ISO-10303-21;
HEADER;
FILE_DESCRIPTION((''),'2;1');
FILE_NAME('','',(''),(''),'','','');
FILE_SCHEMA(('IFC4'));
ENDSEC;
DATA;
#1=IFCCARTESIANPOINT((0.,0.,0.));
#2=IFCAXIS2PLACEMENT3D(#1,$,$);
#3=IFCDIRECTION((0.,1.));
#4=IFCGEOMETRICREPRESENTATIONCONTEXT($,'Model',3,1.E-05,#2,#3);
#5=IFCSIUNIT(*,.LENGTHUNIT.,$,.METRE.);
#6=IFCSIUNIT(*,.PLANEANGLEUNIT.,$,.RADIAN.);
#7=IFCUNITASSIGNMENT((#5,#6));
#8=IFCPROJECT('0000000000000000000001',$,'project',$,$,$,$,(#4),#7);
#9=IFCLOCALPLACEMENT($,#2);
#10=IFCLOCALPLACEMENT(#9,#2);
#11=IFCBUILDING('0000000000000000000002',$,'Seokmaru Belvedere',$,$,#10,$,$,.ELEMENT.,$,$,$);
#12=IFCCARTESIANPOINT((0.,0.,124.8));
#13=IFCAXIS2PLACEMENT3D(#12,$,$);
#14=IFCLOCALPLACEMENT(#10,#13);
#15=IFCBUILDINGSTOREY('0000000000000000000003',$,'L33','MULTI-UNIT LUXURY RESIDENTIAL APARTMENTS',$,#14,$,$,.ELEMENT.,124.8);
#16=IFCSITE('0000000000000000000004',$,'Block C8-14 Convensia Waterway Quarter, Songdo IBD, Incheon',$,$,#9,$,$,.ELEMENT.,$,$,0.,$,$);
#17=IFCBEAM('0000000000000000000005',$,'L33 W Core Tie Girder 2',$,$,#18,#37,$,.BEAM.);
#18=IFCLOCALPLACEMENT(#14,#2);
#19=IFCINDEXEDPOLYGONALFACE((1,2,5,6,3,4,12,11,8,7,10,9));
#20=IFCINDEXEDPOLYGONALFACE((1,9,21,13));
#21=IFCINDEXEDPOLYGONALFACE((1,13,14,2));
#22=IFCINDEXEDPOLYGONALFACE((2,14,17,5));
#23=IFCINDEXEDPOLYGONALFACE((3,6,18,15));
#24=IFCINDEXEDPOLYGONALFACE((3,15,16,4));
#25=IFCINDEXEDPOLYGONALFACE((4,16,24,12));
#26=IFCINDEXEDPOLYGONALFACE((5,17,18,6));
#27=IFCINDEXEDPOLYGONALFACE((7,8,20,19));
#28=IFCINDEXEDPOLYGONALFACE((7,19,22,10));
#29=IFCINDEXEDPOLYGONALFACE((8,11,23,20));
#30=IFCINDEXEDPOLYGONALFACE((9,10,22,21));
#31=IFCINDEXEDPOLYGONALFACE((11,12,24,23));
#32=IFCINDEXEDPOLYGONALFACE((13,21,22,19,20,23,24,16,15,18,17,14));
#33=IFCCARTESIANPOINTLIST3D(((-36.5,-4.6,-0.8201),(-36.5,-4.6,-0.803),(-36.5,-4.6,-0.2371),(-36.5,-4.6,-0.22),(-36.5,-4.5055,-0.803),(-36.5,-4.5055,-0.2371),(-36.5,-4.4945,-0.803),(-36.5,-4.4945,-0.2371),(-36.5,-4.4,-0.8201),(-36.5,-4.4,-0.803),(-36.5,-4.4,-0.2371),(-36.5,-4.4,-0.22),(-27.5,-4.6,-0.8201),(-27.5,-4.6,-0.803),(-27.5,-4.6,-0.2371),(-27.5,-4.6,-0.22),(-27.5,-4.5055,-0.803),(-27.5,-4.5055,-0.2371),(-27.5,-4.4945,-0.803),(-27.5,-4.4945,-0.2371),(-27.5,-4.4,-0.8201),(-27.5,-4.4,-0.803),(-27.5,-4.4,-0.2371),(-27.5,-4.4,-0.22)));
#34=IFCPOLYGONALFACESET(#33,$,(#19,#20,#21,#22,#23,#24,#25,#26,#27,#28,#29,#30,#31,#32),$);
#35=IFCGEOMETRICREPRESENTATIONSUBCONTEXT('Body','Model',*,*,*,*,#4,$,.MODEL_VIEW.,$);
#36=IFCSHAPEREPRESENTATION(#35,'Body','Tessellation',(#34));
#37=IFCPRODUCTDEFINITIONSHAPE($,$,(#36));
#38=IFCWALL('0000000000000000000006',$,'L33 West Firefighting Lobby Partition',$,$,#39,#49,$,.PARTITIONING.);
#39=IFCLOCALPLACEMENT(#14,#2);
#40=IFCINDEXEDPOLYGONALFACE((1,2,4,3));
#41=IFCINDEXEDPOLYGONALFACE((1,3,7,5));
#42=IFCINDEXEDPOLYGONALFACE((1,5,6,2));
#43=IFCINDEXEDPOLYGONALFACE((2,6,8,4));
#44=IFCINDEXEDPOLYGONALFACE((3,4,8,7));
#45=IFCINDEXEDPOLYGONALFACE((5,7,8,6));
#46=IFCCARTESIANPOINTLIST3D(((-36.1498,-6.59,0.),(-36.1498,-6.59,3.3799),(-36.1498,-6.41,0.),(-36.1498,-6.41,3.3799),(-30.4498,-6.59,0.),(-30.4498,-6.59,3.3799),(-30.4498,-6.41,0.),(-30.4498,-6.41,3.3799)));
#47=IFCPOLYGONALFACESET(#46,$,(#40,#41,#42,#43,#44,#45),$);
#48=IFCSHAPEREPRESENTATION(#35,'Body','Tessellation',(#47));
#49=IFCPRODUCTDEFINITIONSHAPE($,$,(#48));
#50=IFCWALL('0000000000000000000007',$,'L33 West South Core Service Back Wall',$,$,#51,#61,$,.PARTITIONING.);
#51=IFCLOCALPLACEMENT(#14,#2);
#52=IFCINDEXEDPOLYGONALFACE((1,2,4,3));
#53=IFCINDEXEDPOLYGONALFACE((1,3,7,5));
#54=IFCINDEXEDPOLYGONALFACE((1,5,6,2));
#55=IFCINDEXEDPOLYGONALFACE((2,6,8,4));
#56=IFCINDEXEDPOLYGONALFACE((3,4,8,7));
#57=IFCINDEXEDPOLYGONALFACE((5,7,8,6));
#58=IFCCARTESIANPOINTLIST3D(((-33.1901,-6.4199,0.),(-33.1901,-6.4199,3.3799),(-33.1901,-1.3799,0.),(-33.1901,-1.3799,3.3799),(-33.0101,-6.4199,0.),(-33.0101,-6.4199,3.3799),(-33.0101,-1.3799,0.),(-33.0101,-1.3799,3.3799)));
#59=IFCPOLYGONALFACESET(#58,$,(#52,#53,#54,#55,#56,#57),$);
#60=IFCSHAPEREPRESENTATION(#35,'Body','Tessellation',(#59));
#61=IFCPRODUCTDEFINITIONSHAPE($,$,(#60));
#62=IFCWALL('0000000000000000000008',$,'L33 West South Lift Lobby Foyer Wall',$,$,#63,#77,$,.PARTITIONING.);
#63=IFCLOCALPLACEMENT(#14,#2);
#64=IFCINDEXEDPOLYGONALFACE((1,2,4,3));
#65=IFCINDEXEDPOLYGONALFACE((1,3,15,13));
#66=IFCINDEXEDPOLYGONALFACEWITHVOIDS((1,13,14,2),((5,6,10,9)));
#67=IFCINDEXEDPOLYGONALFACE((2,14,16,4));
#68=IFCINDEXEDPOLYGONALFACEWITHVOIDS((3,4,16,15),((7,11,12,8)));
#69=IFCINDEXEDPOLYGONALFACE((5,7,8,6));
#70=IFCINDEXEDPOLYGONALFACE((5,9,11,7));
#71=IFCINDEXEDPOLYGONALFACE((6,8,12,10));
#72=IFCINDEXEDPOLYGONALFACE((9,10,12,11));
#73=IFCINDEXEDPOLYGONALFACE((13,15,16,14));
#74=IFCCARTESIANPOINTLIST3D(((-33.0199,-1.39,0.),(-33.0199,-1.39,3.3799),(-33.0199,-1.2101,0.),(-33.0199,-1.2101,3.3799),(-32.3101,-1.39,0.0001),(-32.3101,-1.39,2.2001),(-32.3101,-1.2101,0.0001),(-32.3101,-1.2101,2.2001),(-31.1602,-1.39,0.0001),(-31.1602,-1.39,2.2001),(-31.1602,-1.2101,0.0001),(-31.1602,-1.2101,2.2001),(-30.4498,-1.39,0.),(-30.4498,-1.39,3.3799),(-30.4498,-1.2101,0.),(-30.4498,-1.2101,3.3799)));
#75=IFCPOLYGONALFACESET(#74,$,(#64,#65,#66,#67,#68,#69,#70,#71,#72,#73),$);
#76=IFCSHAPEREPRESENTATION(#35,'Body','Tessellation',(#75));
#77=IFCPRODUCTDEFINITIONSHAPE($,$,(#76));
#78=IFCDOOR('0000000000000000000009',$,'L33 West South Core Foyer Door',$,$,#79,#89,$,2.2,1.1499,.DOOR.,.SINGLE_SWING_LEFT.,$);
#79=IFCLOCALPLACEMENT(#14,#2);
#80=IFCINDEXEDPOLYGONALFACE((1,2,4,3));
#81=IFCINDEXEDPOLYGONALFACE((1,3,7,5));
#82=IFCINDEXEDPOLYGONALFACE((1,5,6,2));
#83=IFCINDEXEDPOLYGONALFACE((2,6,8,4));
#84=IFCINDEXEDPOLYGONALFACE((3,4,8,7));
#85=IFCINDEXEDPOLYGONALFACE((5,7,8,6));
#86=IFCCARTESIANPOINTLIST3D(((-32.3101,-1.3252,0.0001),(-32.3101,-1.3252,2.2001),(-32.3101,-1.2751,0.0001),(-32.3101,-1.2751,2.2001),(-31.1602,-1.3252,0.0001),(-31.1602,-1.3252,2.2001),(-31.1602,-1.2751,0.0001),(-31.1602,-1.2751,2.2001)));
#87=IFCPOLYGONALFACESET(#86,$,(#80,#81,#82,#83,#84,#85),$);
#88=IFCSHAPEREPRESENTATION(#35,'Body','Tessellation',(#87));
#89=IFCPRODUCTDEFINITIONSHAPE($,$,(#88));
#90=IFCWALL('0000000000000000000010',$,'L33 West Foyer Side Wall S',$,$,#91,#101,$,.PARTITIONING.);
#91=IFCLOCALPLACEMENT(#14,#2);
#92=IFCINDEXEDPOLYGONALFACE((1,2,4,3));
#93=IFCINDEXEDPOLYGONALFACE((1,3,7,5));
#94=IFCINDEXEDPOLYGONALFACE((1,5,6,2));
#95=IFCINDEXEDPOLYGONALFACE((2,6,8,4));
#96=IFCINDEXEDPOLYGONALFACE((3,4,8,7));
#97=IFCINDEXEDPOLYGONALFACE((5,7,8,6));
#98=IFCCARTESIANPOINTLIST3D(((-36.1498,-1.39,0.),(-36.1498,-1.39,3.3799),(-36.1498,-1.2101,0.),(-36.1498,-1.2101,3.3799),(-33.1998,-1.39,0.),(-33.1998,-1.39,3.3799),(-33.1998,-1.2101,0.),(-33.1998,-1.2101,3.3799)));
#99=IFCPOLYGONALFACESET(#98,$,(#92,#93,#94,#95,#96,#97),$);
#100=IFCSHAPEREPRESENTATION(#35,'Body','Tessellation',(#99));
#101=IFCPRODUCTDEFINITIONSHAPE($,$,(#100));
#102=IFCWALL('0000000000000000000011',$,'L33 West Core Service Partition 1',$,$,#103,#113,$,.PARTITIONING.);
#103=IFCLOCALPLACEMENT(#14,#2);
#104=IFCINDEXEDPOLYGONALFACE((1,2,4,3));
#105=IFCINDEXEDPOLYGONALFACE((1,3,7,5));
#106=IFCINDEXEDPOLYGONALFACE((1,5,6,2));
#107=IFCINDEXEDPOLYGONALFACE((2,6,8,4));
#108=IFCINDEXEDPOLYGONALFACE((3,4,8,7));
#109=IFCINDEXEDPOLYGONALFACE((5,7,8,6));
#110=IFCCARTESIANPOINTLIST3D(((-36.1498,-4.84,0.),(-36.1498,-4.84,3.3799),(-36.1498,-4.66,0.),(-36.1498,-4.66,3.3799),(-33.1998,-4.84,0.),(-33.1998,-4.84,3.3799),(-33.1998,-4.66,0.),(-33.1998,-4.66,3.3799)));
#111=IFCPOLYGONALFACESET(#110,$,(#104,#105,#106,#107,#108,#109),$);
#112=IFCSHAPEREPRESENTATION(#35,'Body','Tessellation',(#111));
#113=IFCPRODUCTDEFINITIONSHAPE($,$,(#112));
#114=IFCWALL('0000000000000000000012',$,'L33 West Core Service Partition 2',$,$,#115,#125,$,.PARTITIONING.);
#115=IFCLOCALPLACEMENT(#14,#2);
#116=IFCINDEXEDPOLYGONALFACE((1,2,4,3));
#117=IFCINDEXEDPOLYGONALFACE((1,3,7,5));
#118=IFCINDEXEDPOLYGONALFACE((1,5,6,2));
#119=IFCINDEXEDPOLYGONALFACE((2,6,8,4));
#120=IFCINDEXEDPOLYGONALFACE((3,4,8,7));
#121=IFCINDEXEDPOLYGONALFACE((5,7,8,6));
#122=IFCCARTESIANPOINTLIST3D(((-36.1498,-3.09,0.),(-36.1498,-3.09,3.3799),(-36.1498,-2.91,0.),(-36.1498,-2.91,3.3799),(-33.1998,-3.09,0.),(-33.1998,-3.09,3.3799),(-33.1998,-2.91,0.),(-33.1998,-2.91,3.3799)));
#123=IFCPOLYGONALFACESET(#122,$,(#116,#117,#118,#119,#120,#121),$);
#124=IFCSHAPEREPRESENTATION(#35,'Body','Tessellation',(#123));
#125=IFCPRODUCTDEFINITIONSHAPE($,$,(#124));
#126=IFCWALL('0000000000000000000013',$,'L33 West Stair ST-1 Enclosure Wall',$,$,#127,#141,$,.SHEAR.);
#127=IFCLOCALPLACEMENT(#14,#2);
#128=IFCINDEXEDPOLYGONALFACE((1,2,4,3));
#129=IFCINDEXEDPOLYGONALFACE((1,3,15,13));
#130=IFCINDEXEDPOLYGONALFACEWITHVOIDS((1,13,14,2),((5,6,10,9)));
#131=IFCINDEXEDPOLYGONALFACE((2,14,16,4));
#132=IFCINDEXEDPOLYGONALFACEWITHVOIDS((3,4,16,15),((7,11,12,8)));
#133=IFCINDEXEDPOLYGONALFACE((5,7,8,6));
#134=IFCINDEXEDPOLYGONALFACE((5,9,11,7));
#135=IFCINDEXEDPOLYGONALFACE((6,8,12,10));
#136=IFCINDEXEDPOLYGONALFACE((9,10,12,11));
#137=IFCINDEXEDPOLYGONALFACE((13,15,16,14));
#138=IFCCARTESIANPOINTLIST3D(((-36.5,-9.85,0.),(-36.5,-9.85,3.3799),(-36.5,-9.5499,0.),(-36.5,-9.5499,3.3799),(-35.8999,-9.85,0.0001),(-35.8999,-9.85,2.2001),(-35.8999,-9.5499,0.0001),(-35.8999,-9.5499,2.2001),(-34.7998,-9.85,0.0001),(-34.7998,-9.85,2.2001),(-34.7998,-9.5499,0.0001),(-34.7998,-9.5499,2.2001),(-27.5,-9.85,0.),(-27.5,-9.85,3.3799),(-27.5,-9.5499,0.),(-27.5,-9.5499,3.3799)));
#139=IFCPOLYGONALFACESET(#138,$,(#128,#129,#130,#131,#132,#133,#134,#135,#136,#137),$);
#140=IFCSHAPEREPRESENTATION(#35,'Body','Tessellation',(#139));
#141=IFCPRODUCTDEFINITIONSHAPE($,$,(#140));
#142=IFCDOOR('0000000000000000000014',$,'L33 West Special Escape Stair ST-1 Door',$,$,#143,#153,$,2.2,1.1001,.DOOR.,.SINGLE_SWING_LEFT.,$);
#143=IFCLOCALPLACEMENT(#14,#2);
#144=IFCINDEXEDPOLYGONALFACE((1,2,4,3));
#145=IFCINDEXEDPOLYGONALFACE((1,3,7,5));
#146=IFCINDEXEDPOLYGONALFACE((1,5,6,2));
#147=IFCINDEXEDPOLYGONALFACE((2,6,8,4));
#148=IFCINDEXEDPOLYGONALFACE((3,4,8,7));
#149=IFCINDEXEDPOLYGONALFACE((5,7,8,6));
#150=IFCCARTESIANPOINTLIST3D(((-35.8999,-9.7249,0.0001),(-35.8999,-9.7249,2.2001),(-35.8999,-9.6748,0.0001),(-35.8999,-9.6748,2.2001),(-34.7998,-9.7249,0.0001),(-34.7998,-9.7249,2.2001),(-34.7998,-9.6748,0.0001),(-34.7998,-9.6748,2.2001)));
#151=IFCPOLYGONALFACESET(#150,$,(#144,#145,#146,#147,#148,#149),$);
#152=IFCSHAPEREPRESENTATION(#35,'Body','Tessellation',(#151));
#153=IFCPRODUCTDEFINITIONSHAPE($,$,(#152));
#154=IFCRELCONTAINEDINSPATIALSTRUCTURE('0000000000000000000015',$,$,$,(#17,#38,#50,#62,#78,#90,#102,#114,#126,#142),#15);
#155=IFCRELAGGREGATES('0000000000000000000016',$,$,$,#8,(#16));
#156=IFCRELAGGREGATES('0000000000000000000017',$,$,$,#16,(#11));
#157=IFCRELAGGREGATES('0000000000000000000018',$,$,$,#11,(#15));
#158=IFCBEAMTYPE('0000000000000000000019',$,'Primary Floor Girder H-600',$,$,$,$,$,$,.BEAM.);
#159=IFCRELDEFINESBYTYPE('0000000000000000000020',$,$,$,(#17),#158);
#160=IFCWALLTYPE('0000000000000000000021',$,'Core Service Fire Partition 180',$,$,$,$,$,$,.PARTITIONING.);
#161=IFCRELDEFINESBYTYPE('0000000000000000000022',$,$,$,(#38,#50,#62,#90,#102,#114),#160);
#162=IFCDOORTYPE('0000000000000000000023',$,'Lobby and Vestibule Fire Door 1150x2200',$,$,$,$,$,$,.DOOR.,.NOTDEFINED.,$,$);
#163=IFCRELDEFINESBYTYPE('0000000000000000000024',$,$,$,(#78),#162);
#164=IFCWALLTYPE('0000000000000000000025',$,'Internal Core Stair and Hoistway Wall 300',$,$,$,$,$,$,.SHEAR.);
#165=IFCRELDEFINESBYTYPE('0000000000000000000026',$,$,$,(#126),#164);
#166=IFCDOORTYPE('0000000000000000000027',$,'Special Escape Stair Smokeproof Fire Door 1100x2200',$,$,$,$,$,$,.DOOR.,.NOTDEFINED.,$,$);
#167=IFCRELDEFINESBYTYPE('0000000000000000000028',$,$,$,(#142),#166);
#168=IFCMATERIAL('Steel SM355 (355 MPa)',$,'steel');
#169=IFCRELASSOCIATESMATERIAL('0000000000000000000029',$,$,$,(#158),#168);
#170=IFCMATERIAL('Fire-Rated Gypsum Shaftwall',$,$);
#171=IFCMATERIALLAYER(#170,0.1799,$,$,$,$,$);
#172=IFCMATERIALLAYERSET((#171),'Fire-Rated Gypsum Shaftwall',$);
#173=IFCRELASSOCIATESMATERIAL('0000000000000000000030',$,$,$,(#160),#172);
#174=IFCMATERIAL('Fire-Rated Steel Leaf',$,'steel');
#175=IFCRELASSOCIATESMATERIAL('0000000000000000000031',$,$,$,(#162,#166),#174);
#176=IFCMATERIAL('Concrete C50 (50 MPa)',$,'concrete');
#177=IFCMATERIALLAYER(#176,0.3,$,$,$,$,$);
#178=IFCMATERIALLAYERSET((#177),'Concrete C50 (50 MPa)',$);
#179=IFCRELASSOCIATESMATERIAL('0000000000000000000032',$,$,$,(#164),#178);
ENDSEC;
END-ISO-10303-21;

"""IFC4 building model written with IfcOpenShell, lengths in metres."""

from ifc_helpers import new_model, si_unit, direction, frame, frame_2d, origin, origin_2d, place, context, subcontext, project, spatial, rectangle, i_section, extrude, source, transform, mapped, material, layer, layer_set, material_profile, profile_set, type_object, type_shapes, element, fill, save


model = new_model("IFC4")

# Units and contexts
model_context = context("Model", 3, precision=1e-05, world=origin(), true_north=direction((0.0, 1.0)))
body_context = subcontext(model_context, "Body", "Model", "MODEL_VIEW")
ifc_project = project(units=[si_unit("LENGTHUNIT", "METRE"), si_unit("PLANEANGLEUNIT", "RADIAN")], contexts=[model_context])

# Site, building, storey
site_placement = place(None, origin())
site = spatial("IfcSite", under=ifc_project, at=site_placement, Name="Block C8-14 Convensia Waterway Quarter, Songdo IBD, Incheon", CompositionType="ELEMENT", RefElevation=0.0)
building_placement = place(site_placement, origin())
building = spatial("IfcBuilding", under=site, at=building_placement, Name="Seokmaru Belvedere", CompositionType="ELEMENT")
storey_placement = place(building_placement, frame((0.0, 0.0, 124.8)))
storey = spatial("IfcBuildingStorey", under=building, at=storey_placement, Name="L33", Description="MULTI-UNIT LUXURY RESIDENTIAL APARTMENTS", CompositionType="ELEMENT", Elevation=124.8)

# Beam
ifc_material_1 = material(Name="Steel SM355 (355 MPa)", Category="steel")
ifc_material_profile = material_profile(ifc_material_1, i_section(OverallWidth=0.2, OverallDepth=0.6001, WebThickness=0.011, FlangeThickness=0.0171, at=origin_2d()), Name="H-600x200x11x17")
ifc_profile_set = profile_set([ifc_material_profile], Name="Steel SM355 (355 MPa)")
beam_type = type_object("IfcBeamType", Name="Primary Floor Girder H-600", PredefinedType="BEAM", material=ifc_profile_set)
shared_shape_1 = source(origin(), body_context, "Body", "SweptSolid", [
    extrude(i_section(OverallWidth=0.2, OverallDepth=0.6001, WebThickness=0.011, FlangeThickness=0.0171, at=origin_2d()), origin(), (0.0, 0.0, 1.0), 9.0),
])
type_shapes(beam_type, [shared_shape_1])
beam_placement = place(storey_placement, frame((-36.5, -4.5, -0.52), z_axis=(1.0, 0.0, 0.0), x_axis=(0.0, 1.0, 0.0)))
element("IfcBeam", 1, at=beam_placement, inside=storey, type_object=beam_type, Name="L33 W Core Tie Girder 2", PredefinedType="BEAM", context=body_context, shape_type="MappedRepresentation", body=[
    mapped(shared_shape_1, transform((0.0, 0.0, 0.0), scale=1.0)),
])

# Walls
ifc_material_2 = material(Name="Fire-Rated Gypsum Shaftwall")
ifc_layer_1 = layer(ifc_material_2, 0.1799)
ifc_layer_set_1 = layer_set([ifc_layer_1], Name="Fire-Rated Gypsum Shaftwall")
wall_type_1 = type_object("IfcWallType", Name="Core Service Fire Partition 180", PredefinedType="PARTITIONING", material=ifc_layer_set_1)
wall_1_placement = place(storey_placement, frame((-36.1499, -6.5, 0.0), z_axis=(0.0, 0.0, 1.0), x_axis=(1.0, 0.0, 0.0)))
element("IfcWall", 2, at=wall_1_placement, inside=storey, type_object=wall_type_1, Name="L33 West Firefighting Lobby Partition", PredefinedType="PARTITIONING", context=body_context, shape_type="SweptSolid", body=[
    extrude(rectangle(XDim=5.7, YDim=0.1799, at=frame_2d((2.8501, 0.0))), origin(), (0.0, 0.0, 1.0), 3.3799),
])
wall_2_placement = place(storey_placement, frame((-33.1001, -6.4199, 0.0), z_axis=(0.0, 0.0, 1.0), x_axis=(0.0, 1.0, 0.0)))
element("IfcWall", 3, at=wall_2_placement, inside=storey, type_object=wall_type_1, Name="L33 West South Core Service Back Wall", PredefinedType="PARTITIONING", context=body_context, shape_type="SweptSolid", body=[
    extrude(rectangle(XDim=5.04, YDim=0.1799, at=frame_2d((2.52, 0.0))), origin(), (0.0, 0.0, 1.0), 3.3799),
])

# Wall, opening, door
wall_3_placement = place(storey_placement, frame((-33.02, -1.3, 0.0), z_axis=(0.0, 0.0, 1.0), x_axis=(1.0, 0.0, 0.0)))
wall_3 = element("IfcWall", 4, at=wall_3_placement, inside=storey, type_object=wall_type_1, Name="L33 West South Lift Lobby Foyer Wall", PredefinedType="PARTITIONING", context=body_context, shape_type="SweptSolid", body=[
    extrude(rectangle(XDim=2.5701, YDim=0.1799, at=frame_2d((1.2852, 0.0))), origin(), (0.0, 0.0, 1.0), 3.3799),
])
opening_1_placement = place(wall_3_placement, frame((0.71, 0.0, 0.0)))
opening_1 = element("IfcOpeningElement", 5, at=opening_1_placement, cuts=wall_3, PredefinedType="OPENING", context=body_context, shape_type="SweptSolid", body=[
    extrude(rectangle(XDim=1.1499, YDim=2.2, at=frame_2d((0.575, 1.1001))), frame((0.0, 0.1001, 0.0), z_axis=(0.0, -1.0, 0.0), x_axis=(1.0, 0.0, 0.0)), (0.0, 0.0, 1.0), 0.2),
])
ifc_material_3 = material(Name="Fire-Rated Steel Leaf", Category="steel")
door_type_1 = type_object("IfcDoorType", Name="Lobby and Vestibule Fire Door 1150x2200", OperationType="NOTDEFINED", PredefinedType="DOOR", material=ifc_material_3)
shared_shape_2 = source(origin(), body_context, "Body", "SweptSolid", [
    extrude(rectangle(XDim=1.1499, YDim=2.2, at=frame_2d((0.575, 1.1001))), frame((0.0, 0.0249, 0.0), z_axis=(0.0, -1.0, 0.0), x_axis=(1.0, 0.0, 0.0)), (0.0, 0.0, 1.0), 0.05),
])
type_shapes(door_type_1, [shared_shape_2])
door_1_placement = place(opening_1_placement, origin())
door_1 = element("IfcDoor", 6, at=door_1_placement, inside=storey, type_object=door_type_1, Name="L33 West South Core Foyer Door", OperationType="SINGLE_SWING_LEFT", OverallHeight=2.2, OverallWidth=1.1499, PredefinedType="DOOR", context=body_context, shape_type="MappedRepresentation", body=[
    mapped(shared_shape_2, transform((0.0, 0.0, 0.0), scale=1.0)),
])
fill(opening_1, door_1)

# Walls
for number, where, z_axis, x_axis, name in (
    (7, (-36.1499, -1.3, 0.0), (0.0, 0.0, 1.0), (1.0, 0.0, 0.0), "L33 West Foyer Side Wall S"),
    (8, (-36.1499, -4.75, 0.0), (0.0, 0.0, 1.0), (1.0, 0.0, 0.0), "L33 West Core Service Partition 1"),
    (9, (-36.1499, -3.0, 0.0), (0.0, 0.0, 1.0), (1.0, 0.0, 0.0), "L33 West Core Service Partition 2"),
):
    element("IfcWall", number, at=place(storey_placement, frame(where, z_axis=z_axis, x_axis=x_axis)), inside=storey, type_object=wall_type_1, Name=name, PredefinedType="PARTITIONING", context=body_context, shape_type="SweptSolid", body=[
        extrude(rectangle(XDim=2.95, YDim=0.1799, at=frame_2d((1.4751, 0.0))), origin(), (0.0, 0.0, 1.0), 3.3799),
    ])

# Wall, opening, door
ifc_material_4 = material(Name="Concrete C50 (50 MPa)", Category="concrete")
ifc_layer_2 = layer(ifc_material_4, 0.3)
ifc_layer_set_2 = layer_set([ifc_layer_2], Name="Concrete C50 (50 MPa)")
wall_type_2 = type_object("IfcWallType", Name="Internal Core Stair and Hoistway Wall 300", PredefinedType="SHEAR", material=ifc_layer_set_2)
wall_4_placement = place(storey_placement, frame((-36.5, -9.7, 0.0), z_axis=(0.0, 0.0, 1.0), x_axis=(1.0, 0.0, 0.0)))
wall_4 = element("IfcWall", 10, at=wall_4_placement, inside=storey, type_object=wall_type_2, Name="L33 West Stair ST-1 Enclosure Wall", PredefinedType="SHEAR", context=body_context, shape_type="SweptSolid", body=[
    extrude(rectangle(XDim=9.0, YDim=0.3, at=frame_2d((4.5, 0.0))), origin(), (0.0, 0.0, 1.0), 3.3799),
])
opening_2_placement = place(wall_4_placement, frame((0.6001, 0.0, 0.0)))
opening_2 = element("IfcOpeningElement", 11, at=opening_2_placement, cuts=wall_4, PredefinedType="OPENING", context=body_context, shape_type="SweptSolid", body=[
    extrude(rectangle(XDim=1.1001, YDim=2.2, at=frame_2d((0.55, 1.1001))), frame((0.0, 0.1602, 0.0), z_axis=(0.0, -1.0, 0.0), x_axis=(1.0, 0.0, 0.0)), (0.0, 0.0, 1.0), 0.3201),
])
door_type_2 = type_object("IfcDoorType", Name="Special Escape Stair Smokeproof Fire Door 1100x2200", OperationType="NOTDEFINED", PredefinedType="DOOR", material=ifc_material_3)
shared_shape_3 = source(origin(), body_context, "Body", "SweptSolid", [
    extrude(rectangle(XDim=1.1001, YDim=2.2, at=frame_2d((0.55, 1.1001))), frame((0.0, 0.0249, 0.0), z_axis=(0.0, -1.0, 0.0), x_axis=(1.0, 0.0, 0.0)), (0.0, 0.0, 1.0), 0.05),
])
type_shapes(door_type_2, [shared_shape_3])
door_2_placement = place(opening_2_placement, frame((1.1001, 0.0, 0.0), z_axis=(0.0, 0.0, 1.0), x_axis=(-1.0, 0.0, 0.0)))
door_2 = element("IfcDoor", 12, at=door_2_placement, inside=storey, type_object=door_type_2, Name="L33 West Special Escape Stair ST-1 Door", OperationType="SINGLE_SWING_LEFT", OverallHeight=2.2, OverallWidth=1.1001, PredefinedType="DOOR", context=body_context, shape_type="MappedRepresentation", body=[
    mapped(shared_shape_3, transform((0.0, 0.0, 0.0), scale=1.0)),
])
fill(opening_2, door_2)

save(model, "model.ifc")
